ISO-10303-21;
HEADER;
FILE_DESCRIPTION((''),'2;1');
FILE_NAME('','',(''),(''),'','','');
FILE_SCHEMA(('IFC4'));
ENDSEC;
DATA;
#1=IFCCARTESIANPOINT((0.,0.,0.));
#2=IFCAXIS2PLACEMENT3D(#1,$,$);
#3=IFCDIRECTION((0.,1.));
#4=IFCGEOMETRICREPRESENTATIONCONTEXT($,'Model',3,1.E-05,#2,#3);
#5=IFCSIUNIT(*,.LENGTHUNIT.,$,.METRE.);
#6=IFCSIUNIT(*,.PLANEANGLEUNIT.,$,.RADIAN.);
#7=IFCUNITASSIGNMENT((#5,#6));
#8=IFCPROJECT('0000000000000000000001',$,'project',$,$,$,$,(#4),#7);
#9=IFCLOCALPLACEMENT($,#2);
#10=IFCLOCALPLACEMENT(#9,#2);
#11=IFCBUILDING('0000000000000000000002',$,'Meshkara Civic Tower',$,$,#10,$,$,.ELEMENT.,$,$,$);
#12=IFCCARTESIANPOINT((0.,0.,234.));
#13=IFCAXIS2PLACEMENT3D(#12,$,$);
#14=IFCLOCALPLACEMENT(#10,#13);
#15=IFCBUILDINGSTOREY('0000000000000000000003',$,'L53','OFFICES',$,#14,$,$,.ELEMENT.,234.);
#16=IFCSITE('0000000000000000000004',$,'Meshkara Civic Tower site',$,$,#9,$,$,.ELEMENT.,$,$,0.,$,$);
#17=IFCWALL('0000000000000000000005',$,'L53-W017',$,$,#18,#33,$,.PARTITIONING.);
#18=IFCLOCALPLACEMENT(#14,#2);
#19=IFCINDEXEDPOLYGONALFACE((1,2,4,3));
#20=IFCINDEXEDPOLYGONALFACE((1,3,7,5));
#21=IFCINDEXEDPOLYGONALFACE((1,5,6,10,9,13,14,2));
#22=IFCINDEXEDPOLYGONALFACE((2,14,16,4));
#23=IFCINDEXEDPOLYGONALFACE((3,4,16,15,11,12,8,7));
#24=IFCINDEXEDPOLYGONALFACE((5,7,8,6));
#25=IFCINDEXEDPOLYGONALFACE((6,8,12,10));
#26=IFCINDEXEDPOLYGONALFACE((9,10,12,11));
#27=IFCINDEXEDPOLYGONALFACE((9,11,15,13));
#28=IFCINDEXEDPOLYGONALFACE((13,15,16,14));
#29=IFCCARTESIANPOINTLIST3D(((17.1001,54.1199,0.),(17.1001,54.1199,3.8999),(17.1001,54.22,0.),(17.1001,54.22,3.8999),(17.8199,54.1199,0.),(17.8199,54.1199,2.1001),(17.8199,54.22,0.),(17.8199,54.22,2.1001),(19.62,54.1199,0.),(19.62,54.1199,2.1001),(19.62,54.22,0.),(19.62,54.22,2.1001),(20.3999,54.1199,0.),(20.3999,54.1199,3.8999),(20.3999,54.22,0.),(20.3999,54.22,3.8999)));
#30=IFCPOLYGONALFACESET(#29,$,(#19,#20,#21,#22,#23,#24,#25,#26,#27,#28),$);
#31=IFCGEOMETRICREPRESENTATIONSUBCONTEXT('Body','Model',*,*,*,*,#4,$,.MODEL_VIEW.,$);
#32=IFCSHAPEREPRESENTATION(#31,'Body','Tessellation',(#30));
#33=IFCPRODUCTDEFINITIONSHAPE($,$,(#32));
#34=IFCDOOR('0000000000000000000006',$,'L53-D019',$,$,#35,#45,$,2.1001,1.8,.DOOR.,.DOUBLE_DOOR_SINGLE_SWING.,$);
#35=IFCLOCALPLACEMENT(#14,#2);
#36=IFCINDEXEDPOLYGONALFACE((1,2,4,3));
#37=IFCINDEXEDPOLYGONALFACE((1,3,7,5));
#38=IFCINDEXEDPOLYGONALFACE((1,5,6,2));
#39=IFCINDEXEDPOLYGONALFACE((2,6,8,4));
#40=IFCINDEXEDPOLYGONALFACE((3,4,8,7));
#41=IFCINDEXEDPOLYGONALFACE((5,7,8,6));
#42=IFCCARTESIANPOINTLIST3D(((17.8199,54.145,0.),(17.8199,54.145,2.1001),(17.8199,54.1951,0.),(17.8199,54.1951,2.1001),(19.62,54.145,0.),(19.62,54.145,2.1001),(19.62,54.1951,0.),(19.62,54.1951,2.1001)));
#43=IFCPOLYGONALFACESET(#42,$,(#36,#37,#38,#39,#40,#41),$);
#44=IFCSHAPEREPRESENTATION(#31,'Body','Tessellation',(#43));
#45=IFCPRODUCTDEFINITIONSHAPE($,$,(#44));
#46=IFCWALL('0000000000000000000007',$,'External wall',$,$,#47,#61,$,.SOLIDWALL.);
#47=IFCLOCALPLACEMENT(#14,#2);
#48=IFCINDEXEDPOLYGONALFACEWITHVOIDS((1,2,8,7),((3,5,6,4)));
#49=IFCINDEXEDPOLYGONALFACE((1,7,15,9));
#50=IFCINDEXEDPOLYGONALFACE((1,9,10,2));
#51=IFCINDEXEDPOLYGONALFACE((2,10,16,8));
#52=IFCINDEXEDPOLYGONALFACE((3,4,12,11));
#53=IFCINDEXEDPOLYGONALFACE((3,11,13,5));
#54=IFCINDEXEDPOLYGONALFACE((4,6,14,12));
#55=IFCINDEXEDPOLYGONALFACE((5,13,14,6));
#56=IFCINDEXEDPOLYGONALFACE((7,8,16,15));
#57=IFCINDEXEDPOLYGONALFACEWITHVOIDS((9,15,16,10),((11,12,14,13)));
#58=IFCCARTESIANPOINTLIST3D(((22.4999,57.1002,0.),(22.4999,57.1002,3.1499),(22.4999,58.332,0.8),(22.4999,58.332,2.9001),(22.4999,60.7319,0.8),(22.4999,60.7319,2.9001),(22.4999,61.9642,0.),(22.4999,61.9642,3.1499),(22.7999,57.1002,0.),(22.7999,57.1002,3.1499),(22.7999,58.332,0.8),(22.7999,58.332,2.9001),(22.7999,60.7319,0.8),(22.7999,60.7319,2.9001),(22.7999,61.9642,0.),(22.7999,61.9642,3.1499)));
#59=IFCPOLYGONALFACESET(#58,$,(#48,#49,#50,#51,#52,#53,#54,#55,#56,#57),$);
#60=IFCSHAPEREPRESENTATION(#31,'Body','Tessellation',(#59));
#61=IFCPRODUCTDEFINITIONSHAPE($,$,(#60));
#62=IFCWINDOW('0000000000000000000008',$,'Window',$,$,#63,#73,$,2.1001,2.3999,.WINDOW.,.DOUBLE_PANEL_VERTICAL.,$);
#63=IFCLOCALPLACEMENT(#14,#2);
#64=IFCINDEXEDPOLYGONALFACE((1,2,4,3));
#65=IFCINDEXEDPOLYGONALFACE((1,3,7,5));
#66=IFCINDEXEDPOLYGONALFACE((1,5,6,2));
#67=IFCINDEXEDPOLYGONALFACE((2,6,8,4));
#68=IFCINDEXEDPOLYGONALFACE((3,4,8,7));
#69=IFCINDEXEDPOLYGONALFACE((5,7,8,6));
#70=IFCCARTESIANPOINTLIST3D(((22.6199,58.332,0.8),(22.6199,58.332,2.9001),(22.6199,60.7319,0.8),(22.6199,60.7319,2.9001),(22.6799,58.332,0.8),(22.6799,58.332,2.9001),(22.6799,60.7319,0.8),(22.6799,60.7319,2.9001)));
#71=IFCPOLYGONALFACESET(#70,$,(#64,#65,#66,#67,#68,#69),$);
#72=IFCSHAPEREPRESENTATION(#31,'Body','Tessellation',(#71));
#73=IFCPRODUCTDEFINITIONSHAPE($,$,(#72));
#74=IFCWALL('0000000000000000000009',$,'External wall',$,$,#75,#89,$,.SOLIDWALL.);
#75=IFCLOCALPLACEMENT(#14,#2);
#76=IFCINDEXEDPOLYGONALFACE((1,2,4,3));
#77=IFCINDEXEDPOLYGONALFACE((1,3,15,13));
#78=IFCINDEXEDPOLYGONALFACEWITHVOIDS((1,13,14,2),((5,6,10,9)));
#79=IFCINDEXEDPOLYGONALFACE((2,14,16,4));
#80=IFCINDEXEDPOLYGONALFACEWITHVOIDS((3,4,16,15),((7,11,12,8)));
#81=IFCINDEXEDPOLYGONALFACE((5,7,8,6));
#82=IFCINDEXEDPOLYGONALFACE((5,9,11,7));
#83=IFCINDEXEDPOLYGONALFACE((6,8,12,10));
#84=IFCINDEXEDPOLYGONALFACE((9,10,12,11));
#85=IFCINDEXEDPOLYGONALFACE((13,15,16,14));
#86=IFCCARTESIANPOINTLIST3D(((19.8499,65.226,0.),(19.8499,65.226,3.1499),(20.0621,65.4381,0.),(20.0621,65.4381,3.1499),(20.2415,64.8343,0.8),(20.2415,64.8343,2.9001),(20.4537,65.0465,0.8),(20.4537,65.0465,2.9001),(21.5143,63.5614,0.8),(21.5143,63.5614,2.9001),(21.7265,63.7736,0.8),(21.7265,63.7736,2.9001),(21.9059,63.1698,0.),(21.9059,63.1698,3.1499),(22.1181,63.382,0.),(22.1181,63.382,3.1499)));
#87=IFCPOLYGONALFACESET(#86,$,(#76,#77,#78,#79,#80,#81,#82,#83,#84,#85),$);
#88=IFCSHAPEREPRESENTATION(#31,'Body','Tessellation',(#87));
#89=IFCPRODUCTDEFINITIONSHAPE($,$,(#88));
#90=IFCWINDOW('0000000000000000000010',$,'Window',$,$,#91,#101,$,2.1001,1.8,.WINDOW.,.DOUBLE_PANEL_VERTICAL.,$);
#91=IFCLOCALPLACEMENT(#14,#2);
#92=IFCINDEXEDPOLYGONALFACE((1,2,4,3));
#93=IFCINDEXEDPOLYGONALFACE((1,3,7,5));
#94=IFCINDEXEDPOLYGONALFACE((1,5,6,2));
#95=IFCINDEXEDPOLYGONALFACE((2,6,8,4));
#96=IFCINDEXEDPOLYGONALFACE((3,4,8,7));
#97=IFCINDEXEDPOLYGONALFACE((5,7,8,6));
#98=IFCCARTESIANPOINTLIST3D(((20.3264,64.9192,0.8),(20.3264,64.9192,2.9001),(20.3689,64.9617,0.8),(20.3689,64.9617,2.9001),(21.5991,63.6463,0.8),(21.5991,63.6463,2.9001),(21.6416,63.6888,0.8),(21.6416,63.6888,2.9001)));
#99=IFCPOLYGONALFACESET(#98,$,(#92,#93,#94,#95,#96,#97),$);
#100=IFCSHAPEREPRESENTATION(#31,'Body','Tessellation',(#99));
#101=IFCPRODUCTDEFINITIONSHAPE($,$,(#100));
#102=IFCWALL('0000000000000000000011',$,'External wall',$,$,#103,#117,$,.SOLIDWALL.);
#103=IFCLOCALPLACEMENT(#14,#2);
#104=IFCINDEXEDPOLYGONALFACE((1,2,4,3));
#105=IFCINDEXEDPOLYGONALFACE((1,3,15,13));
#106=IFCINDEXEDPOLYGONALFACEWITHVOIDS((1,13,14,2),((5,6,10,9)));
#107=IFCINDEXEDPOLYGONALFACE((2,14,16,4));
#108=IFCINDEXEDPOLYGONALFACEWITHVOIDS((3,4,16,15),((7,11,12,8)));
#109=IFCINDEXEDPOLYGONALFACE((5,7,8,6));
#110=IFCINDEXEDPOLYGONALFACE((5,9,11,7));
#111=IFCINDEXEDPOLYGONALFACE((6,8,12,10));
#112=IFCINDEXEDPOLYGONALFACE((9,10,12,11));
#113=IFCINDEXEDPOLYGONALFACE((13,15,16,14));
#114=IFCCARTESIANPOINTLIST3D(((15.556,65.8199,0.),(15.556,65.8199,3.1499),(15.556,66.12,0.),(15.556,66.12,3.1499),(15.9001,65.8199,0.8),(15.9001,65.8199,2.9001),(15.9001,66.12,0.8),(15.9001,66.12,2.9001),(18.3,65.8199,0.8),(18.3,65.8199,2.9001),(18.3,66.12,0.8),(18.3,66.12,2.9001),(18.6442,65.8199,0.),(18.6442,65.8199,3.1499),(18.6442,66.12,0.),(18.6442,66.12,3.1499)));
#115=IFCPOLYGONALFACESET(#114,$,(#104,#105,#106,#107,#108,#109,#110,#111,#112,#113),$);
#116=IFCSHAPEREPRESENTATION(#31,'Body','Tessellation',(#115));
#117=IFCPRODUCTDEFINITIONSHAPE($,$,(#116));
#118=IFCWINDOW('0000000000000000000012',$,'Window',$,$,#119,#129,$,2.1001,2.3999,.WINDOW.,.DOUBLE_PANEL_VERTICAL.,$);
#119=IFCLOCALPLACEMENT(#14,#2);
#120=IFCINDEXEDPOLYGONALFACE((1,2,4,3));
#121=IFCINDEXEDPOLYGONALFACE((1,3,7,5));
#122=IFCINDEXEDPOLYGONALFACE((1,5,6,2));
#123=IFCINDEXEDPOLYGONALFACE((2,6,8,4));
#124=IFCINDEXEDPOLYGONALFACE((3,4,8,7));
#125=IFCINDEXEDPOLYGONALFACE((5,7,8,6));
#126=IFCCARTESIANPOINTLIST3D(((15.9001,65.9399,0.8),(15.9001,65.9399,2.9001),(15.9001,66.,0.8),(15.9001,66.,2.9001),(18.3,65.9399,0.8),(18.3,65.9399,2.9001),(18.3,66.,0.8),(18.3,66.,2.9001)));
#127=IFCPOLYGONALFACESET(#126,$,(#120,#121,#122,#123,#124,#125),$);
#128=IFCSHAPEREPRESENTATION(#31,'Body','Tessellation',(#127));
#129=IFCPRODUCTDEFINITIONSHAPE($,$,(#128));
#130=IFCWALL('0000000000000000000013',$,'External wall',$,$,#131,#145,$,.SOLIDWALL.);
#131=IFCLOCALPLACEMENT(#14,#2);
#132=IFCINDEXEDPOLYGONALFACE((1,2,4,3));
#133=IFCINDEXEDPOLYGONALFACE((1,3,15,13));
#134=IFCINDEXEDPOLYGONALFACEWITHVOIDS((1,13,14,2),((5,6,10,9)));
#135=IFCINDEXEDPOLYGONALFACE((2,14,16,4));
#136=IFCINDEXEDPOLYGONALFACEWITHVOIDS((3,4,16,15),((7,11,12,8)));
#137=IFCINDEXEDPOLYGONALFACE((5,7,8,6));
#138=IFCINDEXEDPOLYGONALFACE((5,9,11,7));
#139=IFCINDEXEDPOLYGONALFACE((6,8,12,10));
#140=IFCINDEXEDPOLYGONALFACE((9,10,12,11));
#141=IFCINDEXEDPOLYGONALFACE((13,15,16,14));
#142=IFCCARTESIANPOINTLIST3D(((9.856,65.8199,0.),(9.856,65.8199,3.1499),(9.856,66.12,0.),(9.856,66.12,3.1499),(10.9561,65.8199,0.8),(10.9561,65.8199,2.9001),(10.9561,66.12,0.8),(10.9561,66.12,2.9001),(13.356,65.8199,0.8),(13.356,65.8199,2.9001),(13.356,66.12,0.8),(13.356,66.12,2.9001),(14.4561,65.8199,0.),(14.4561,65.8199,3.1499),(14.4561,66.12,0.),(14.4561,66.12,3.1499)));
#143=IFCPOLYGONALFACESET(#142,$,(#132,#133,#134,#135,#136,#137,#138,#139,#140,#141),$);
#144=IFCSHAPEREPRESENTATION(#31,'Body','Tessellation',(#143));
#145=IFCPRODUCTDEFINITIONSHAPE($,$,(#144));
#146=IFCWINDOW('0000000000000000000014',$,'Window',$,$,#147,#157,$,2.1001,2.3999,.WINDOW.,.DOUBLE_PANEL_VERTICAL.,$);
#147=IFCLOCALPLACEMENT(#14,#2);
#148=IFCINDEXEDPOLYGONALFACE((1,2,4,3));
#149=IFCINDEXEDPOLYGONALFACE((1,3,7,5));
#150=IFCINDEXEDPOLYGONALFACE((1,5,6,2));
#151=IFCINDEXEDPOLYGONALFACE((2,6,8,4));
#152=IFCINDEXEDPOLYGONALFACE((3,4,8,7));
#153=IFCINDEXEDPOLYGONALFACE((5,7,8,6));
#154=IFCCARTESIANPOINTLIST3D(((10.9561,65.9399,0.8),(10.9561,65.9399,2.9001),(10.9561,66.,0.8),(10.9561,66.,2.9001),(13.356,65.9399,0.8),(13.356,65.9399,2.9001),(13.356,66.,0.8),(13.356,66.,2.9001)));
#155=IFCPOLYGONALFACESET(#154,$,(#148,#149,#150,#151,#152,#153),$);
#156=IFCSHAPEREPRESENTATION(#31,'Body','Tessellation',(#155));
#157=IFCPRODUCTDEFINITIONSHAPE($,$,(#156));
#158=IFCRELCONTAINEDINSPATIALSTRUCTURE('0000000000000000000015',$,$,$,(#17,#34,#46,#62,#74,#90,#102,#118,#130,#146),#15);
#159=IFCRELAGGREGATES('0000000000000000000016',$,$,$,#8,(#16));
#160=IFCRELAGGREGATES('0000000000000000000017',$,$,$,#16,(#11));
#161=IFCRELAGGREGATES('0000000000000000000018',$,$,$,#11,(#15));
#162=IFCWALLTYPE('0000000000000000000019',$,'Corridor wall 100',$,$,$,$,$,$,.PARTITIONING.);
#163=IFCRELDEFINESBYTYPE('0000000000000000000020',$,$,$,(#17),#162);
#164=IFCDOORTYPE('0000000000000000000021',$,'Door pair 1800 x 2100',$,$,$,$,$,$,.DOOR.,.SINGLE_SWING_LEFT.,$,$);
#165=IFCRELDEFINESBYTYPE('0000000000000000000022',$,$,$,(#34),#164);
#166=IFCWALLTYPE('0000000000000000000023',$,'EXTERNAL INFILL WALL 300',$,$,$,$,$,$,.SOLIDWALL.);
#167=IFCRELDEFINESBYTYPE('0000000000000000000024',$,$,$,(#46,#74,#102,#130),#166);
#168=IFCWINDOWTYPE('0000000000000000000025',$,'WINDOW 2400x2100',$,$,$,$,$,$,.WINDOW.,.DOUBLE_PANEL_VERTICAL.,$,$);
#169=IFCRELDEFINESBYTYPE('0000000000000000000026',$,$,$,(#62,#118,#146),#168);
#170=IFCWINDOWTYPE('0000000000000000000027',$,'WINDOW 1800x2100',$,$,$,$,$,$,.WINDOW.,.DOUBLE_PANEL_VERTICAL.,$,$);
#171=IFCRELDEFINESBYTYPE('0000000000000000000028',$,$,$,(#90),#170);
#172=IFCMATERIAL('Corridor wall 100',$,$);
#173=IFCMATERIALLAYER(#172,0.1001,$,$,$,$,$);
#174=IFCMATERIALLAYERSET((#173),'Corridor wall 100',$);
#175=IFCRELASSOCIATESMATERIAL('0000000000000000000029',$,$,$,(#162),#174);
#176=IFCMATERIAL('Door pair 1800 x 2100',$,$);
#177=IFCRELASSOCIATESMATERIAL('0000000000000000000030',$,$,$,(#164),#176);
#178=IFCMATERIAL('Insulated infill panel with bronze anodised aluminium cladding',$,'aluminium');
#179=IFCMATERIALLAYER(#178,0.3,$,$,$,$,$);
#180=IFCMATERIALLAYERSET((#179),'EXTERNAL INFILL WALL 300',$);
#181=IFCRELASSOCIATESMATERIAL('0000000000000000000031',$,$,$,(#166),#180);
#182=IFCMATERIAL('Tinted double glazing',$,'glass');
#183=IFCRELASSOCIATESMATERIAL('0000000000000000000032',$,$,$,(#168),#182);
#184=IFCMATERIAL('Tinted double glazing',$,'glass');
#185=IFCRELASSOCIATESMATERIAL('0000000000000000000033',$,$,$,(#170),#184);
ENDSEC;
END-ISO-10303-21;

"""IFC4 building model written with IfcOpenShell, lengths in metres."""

from ifc_helpers import new_model, si_unit, direction, frame, frame_2d, origin, place, context, subcontext, project, spatial, rectangle, extrude, material, layer, layer_set, type_object, element, fill, save


model = new_model("IFC4")

# Units and contexts
model_context = context("Model", 3, precision=1e-05, world=origin(), true_north=direction((0.0, 1.0)))
body_context = subcontext(model_context, "Body", "Model", "MODEL_VIEW")
ifc_project = project(units=[si_unit("LENGTHUNIT", "METRE"), si_unit("PLANEANGLEUNIT", "RADIAN")], contexts=[model_context])

# Site, building, storey
site_placement = place(None, origin())
site = spatial("IfcSite", under=ifc_project, at=site_placement, Name="Meshkara Civic Tower site", CompositionType="ELEMENT", RefElevation=0.0)
building_placement = place(site_placement, origin())
building = spatial("IfcBuilding", under=site, at=building_placement, Name="Meshkara Civic Tower", CompositionType="ELEMENT")
storey_placement = place(building_placement, frame((0.0, 0.0, 234.0)))
storey = spatial("IfcBuildingStorey", under=building, at=storey_placement, Name="L53", Description="OFFICES", CompositionType="ELEMENT", Elevation=234.0)

# Shared definitions
ifc_material_1 = material(Name="Corridor wall 100")
ifc_layer_1 = layer(ifc_material_1, 0.1001)
ifc_layer_set_1 = layer_set([ifc_layer_1], Name="Corridor wall 100")
wall_type_1 = type_object("IfcWallType", Name="Corridor wall 100", PredefinedType="PARTITIONING", material=ifc_layer_set_1)
ifc_material_2 = material(Name="Door pair 1800 x 2100")
door_type_1 = type_object("IfcDoorType", Name="Door pair 1800 x 2100", OperationType="SINGLE_SWING_LEFT", PredefinedType="DOOR", material=ifc_material_2)

# Wall, opening, door
wall_1_placement = place(storey_placement, frame((20.3999, 54.1699, 0.0), z_axis=(0.0, 0.0, 1.0), x_axis=(-1.0, 0.0, 0.0)))
wall_1 = element("IfcWall", 1, at=wall_1_placement, inside=storey, type_object=wall_type_1, Name="L53-W017", PredefinedType="PARTITIONING", context=body_context, shape_type="SweptSolid", body=[
    extrude(rectangle(XDim=3.2998, YDim=0.1001, at=frame_2d((1.6499, 0.0))), origin(), (0.0, 0.0, 1.0), 3.8999),
])
opening_1_placement = place(wall_1_placement, frame((0.78, 0.0, 0.0)))
opening_1 = element("IfcOpeningElement", 2, at=opening_1_placement, cuts=wall_1, PredefinedType="OPENING", context=body_context, shape_type="SweptSolid", body=[
    extrude(rectangle(XDim=1.8, YDim=2.1001, at=frame_2d((0.8999, 1.05))), frame((0.0, 0.0601, 0.0), z_axis=(0.0, -1.0, 0.0), x_axis=(1.0, 0.0, 0.0)), (0.0, 0.0, 1.0), 0.1201),
])
door_1_placement = place(opening_1_placement, origin())
door_1 = element("IfcDoor", 3, at=door_1_placement, inside=storey, type_object=door_type_1, Name="L53-D019", OperationType="DOUBLE_DOOR_SINGLE_SWING", OverallHeight=2.1001, OverallWidth=1.8, PredefinedType="DOOR", context=body_context, shape_type="SweptSolid", body=[
    extrude(rectangle(XDim=1.8, YDim=2.1001, at=frame_2d((0.8999, 1.05))), frame((0.0, 0.0249, 0.0), z_axis=(0.0, -1.0, 0.0), x_axis=(1.0, 0.0, 0.0)), (0.0, 0.0, 1.0), 0.05),
])
fill(opening_1, door_1)

# Walls, openings, windows
ifc_material_3 = material(Name="Insulated infill panel with bronze anodised aluminium cladding", Category="aluminium")
ifc_layer_2 = layer(ifc_material_3, 0.3)
ifc_layer_set_2 = layer_set([ifc_layer_2], Name="EXTERNAL INFILL WALL 300")
wall_type_2 = type_object("IfcWallType", Name="EXTERNAL INFILL WALL 300", PredefinedType="SOLIDWALL", material=ifc_layer_set_2)
wall_2_placement = place(storey_placement, frame((22.6499, 57.1001, 0.0), z_axis=(0.0, 0.0, 1.0), x_axis=(0.0, 1.0, 0.0)))
wall_2 = element("IfcWall", 4, at=wall_2_placement, inside=storey, type_object=wall_type_2, Name="External wall", PredefinedType="SOLIDWALL", context=body_context, shape_type="SweptSolid", body=[
    extrude(rectangle(XDim=4.864, YDim=0.3, at=frame_2d((2.4321, 0.0))), origin(), (0.0, 0.0, 1.0), 3.1499),
])
opening_2_placement = place(wall_2_placement, frame((1.2319, 0.0, 0.8)))
opening_2 = element("IfcOpeningElement", 5, at=opening_2_placement, cuts=wall_2, PredefinedType="OPENING", context=body_context, shape_type="SweptSolid", body=[
    extrude(rectangle(XDim=2.3999, YDim=2.1001, at=frame_2d((1.2, 1.05))), frame((0.0, 0.1599, 0.0), z_axis=(0.0, -1.0, 0.0), x_axis=(1.0, 0.0, 0.0)), (0.0, 0.0, 1.0), 0.3201),
])
ifc_material_4 = material(Name="Tinted double glazing", Category="glass")
window_type_1 = type_object("IfcWindowType", Name="WINDOW 2400x2100", PartitioningType="DOUBLE_PANEL_VERTICAL", PredefinedType="WINDOW", material=ifc_material_4)
window_1_placement = place(opening_2_placement, origin())
window_1 = element("IfcWindow", 6, at=window_1_placement, inside=storey, type_object=window_type_1, Name="Window", OverallHeight=2.1001, OverallWidth=2.3999, PartitioningType="DOUBLE_PANEL_VERTICAL", PredefinedType="WINDOW", context=body_context, shape_type="SweptSolid", body=[
    extrude(rectangle(XDim=2.3999, YDim=2.1001, at=frame_2d((1.2, 1.05))), frame((0.0, 0.03, 0.0), z_axis=(0.0, -1.0, 0.0), x_axis=(1.0, 0.0, 0.0)), (0.0, 0.0, 1.0), 0.0601),
])
fill(opening_2, window_1)
wall_3_placement = place(storey_placement, frame((22.012, 63.2759, 0.0), z_axis=(0.0, 0.0, 1.0), x_axis=(-0.707065, 0.707149, 0.0)))
wall_3 = element("IfcWall", 7, at=wall_3_placement, inside=storey, type_object=wall_type_2, Name="External wall", PredefinedType="SOLIDWALL", context=body_context, shape_type="SweptSolid", body=[
    extrude(rectangle(XDim=2.9077, YDim=0.3, at=frame_2d((1.4539, 0.0))), origin(), (0.0, 0.0, 1.0), 3.1499),
])
opening_3_placement = place(wall_3_placement, frame((0.554, 0.0, 0.8)))
opening_3 = element("IfcOpeningElement", 8, at=opening_3_placement, cuts=wall_3, PredefinedType="OPENING", context=body_context, shape_type="SweptSolid", body=[
    extrude(rectangle(XDim=1.8, YDim=2.1001, at=frame_2d((0.8999, 1.05))), frame((0.0, 0.1599, 0.0), z_axis=(0.0, -1.0, 0.0), x_axis=(1.0, 0.0, 0.0)), (0.0, 0.0, 1.0), 0.3201),
])
ifc_material_5 = material(Name="Tinted double glazing", Category="glass")
window_type_2 = type_object("IfcWindowType", Name="WINDOW 1800x2100", PartitioningType="DOUBLE_PANEL_VERTICAL", PredefinedType="WINDOW", material=ifc_material_5)
window_2_placement = place(opening_3_placement, origin())
window_2 = element("IfcWindow", 9, at=window_2_placement, inside=storey, type_object=window_type_2, Name="Window", OverallHeight=2.1001, OverallWidth=1.8, PartitioningType="DOUBLE_PANEL_VERTICAL", PredefinedType="WINDOW", context=body_context, shape_type="SweptSolid", body=[
    extrude(rectangle(XDim=1.8, YDim=2.1001, at=frame_2d((0.8999, 1.05))), frame((0.0, 0.03, 0.0), z_axis=(0.0, -1.0, 0.0), x_axis=(1.0, 0.0, 0.0)), (0.0, 0.0, 1.0), 0.0601),
])
fill(opening_3, window_2)
wall_4_placement = place(storey_placement, frame((18.644, 65.97, 0.0), z_axis=(0.0, 0.0, 1.0), x_axis=(-1.0, 0.0, 0.0)))
wall_4 = element("IfcWall", 10, at=wall_4_placement, inside=storey, type_object=wall_type_2, Name="External wall", PredefinedType="SOLIDWALL", context=body_context, shape_type="SweptSolid", body=[
    extrude(rectangle(XDim=3.0881, YDim=0.3, at=frame_2d((1.5439, 0.0))), origin(), (0.0, 0.0, 1.0), 3.1499),
])
opening_4_placement = place(wall_4_placement, frame((0.344, 0.0, 0.8)))
opening_4 = element("IfcOpeningElement", 11, at=opening_4_placement, cuts=wall_4, PredefinedType="OPENING", context=body_context, shape_type="SweptSolid", body=[
    extrude(rectangle(XDim=2.3999, YDim=2.1001, at=frame_2d((1.2, 1.05))), frame((0.0, 0.1599, 0.0), z_axis=(0.0, -1.0, 0.0), x_axis=(1.0, 0.0, 0.0)), (0.0, 0.0, 1.0), 0.3201),
])
window_3_placement = place(opening_4_placement, origin())
window_3 = element("IfcWindow", 12, at=window_3_placement, inside=storey, type_object=window_type_1, Name="Window", OverallHeight=2.1001, OverallWidth=2.3999, PartitioningType="DOUBLE_PANEL_VERTICAL", PredefinedType="WINDOW", context=body_context, shape_type="SweptSolid", body=[
    extrude(rectangle(XDim=2.3999, YDim=2.1001, at=frame_2d((1.2, 1.05))), frame((0.0, 0.03, 0.0), z_axis=(0.0, -1.0, 0.0), x_axis=(1.0, 0.0, 0.0)), (0.0, 0.0, 1.0), 0.0601),
])
fill(opening_4, window_3)
wall_5_placement = place(storey_placement, frame((14.4561, 65.97, 0.0), z_axis=(0.0, 0.0, 1.0), x_axis=(-1.0, 0.0, 0.0)))
wall_5 = element("IfcWall", 13, at=wall_5_placement, inside=storey, type_object=wall_type_2, Name="External wall", PredefinedType="SOLIDWALL", context=body_context, shape_type="SweptSolid", body=[
    extrude(rectangle(XDim=4.6001, YDim=0.3, at=frame_2d((2.3, 0.0))), origin(), (0.0, 0.0, 1.0), 3.1499),
])
opening_5_placement = place(wall_5_placement, frame((1.1001, 0.0, 0.8)))
opening_5 = element("IfcOpeningElement", 14, at=opening_5_placement, cuts=wall_5, PredefinedType="OPENING", context=body_context, shape_type="SweptSolid", body=[
    extrude(rectangle(XDim=2.3999, YDim=2.1001, at=frame_2d((1.2, 1.05))), frame((0.0, 0.1599, 0.0), z_axis=(0.0, -1.0, 0.0), x_axis=(1.0, 0.0, 0.0)), (0.0, 0.0, 1.0), 0.3201),
])
window_4_placement = place(opening_5_placement, origin())
window_4 = element("IfcWindow", 15, at=window_4_placement, inside=storey, type_object=window_type_1, Name="Window", OverallHeight=2.1001, OverallWidth=2.3999, PartitioningType="DOUBLE_PANEL_VERTICAL", PredefinedType="WINDOW", context=body_context, shape_type="SweptSolid", body=[
    extrude(rectangle(XDim=2.3999, YDim=2.1001, at=frame_2d((1.2, 1.05))), frame((0.0, 0.03, 0.0), z_axis=(0.0, -1.0, 0.0), x_axis=(1.0, 0.0, 0.0)), (0.0, 0.0, 1.0), 0.0601),
])
fill(opening_5, window_4)

save(model, "model.ifc")
